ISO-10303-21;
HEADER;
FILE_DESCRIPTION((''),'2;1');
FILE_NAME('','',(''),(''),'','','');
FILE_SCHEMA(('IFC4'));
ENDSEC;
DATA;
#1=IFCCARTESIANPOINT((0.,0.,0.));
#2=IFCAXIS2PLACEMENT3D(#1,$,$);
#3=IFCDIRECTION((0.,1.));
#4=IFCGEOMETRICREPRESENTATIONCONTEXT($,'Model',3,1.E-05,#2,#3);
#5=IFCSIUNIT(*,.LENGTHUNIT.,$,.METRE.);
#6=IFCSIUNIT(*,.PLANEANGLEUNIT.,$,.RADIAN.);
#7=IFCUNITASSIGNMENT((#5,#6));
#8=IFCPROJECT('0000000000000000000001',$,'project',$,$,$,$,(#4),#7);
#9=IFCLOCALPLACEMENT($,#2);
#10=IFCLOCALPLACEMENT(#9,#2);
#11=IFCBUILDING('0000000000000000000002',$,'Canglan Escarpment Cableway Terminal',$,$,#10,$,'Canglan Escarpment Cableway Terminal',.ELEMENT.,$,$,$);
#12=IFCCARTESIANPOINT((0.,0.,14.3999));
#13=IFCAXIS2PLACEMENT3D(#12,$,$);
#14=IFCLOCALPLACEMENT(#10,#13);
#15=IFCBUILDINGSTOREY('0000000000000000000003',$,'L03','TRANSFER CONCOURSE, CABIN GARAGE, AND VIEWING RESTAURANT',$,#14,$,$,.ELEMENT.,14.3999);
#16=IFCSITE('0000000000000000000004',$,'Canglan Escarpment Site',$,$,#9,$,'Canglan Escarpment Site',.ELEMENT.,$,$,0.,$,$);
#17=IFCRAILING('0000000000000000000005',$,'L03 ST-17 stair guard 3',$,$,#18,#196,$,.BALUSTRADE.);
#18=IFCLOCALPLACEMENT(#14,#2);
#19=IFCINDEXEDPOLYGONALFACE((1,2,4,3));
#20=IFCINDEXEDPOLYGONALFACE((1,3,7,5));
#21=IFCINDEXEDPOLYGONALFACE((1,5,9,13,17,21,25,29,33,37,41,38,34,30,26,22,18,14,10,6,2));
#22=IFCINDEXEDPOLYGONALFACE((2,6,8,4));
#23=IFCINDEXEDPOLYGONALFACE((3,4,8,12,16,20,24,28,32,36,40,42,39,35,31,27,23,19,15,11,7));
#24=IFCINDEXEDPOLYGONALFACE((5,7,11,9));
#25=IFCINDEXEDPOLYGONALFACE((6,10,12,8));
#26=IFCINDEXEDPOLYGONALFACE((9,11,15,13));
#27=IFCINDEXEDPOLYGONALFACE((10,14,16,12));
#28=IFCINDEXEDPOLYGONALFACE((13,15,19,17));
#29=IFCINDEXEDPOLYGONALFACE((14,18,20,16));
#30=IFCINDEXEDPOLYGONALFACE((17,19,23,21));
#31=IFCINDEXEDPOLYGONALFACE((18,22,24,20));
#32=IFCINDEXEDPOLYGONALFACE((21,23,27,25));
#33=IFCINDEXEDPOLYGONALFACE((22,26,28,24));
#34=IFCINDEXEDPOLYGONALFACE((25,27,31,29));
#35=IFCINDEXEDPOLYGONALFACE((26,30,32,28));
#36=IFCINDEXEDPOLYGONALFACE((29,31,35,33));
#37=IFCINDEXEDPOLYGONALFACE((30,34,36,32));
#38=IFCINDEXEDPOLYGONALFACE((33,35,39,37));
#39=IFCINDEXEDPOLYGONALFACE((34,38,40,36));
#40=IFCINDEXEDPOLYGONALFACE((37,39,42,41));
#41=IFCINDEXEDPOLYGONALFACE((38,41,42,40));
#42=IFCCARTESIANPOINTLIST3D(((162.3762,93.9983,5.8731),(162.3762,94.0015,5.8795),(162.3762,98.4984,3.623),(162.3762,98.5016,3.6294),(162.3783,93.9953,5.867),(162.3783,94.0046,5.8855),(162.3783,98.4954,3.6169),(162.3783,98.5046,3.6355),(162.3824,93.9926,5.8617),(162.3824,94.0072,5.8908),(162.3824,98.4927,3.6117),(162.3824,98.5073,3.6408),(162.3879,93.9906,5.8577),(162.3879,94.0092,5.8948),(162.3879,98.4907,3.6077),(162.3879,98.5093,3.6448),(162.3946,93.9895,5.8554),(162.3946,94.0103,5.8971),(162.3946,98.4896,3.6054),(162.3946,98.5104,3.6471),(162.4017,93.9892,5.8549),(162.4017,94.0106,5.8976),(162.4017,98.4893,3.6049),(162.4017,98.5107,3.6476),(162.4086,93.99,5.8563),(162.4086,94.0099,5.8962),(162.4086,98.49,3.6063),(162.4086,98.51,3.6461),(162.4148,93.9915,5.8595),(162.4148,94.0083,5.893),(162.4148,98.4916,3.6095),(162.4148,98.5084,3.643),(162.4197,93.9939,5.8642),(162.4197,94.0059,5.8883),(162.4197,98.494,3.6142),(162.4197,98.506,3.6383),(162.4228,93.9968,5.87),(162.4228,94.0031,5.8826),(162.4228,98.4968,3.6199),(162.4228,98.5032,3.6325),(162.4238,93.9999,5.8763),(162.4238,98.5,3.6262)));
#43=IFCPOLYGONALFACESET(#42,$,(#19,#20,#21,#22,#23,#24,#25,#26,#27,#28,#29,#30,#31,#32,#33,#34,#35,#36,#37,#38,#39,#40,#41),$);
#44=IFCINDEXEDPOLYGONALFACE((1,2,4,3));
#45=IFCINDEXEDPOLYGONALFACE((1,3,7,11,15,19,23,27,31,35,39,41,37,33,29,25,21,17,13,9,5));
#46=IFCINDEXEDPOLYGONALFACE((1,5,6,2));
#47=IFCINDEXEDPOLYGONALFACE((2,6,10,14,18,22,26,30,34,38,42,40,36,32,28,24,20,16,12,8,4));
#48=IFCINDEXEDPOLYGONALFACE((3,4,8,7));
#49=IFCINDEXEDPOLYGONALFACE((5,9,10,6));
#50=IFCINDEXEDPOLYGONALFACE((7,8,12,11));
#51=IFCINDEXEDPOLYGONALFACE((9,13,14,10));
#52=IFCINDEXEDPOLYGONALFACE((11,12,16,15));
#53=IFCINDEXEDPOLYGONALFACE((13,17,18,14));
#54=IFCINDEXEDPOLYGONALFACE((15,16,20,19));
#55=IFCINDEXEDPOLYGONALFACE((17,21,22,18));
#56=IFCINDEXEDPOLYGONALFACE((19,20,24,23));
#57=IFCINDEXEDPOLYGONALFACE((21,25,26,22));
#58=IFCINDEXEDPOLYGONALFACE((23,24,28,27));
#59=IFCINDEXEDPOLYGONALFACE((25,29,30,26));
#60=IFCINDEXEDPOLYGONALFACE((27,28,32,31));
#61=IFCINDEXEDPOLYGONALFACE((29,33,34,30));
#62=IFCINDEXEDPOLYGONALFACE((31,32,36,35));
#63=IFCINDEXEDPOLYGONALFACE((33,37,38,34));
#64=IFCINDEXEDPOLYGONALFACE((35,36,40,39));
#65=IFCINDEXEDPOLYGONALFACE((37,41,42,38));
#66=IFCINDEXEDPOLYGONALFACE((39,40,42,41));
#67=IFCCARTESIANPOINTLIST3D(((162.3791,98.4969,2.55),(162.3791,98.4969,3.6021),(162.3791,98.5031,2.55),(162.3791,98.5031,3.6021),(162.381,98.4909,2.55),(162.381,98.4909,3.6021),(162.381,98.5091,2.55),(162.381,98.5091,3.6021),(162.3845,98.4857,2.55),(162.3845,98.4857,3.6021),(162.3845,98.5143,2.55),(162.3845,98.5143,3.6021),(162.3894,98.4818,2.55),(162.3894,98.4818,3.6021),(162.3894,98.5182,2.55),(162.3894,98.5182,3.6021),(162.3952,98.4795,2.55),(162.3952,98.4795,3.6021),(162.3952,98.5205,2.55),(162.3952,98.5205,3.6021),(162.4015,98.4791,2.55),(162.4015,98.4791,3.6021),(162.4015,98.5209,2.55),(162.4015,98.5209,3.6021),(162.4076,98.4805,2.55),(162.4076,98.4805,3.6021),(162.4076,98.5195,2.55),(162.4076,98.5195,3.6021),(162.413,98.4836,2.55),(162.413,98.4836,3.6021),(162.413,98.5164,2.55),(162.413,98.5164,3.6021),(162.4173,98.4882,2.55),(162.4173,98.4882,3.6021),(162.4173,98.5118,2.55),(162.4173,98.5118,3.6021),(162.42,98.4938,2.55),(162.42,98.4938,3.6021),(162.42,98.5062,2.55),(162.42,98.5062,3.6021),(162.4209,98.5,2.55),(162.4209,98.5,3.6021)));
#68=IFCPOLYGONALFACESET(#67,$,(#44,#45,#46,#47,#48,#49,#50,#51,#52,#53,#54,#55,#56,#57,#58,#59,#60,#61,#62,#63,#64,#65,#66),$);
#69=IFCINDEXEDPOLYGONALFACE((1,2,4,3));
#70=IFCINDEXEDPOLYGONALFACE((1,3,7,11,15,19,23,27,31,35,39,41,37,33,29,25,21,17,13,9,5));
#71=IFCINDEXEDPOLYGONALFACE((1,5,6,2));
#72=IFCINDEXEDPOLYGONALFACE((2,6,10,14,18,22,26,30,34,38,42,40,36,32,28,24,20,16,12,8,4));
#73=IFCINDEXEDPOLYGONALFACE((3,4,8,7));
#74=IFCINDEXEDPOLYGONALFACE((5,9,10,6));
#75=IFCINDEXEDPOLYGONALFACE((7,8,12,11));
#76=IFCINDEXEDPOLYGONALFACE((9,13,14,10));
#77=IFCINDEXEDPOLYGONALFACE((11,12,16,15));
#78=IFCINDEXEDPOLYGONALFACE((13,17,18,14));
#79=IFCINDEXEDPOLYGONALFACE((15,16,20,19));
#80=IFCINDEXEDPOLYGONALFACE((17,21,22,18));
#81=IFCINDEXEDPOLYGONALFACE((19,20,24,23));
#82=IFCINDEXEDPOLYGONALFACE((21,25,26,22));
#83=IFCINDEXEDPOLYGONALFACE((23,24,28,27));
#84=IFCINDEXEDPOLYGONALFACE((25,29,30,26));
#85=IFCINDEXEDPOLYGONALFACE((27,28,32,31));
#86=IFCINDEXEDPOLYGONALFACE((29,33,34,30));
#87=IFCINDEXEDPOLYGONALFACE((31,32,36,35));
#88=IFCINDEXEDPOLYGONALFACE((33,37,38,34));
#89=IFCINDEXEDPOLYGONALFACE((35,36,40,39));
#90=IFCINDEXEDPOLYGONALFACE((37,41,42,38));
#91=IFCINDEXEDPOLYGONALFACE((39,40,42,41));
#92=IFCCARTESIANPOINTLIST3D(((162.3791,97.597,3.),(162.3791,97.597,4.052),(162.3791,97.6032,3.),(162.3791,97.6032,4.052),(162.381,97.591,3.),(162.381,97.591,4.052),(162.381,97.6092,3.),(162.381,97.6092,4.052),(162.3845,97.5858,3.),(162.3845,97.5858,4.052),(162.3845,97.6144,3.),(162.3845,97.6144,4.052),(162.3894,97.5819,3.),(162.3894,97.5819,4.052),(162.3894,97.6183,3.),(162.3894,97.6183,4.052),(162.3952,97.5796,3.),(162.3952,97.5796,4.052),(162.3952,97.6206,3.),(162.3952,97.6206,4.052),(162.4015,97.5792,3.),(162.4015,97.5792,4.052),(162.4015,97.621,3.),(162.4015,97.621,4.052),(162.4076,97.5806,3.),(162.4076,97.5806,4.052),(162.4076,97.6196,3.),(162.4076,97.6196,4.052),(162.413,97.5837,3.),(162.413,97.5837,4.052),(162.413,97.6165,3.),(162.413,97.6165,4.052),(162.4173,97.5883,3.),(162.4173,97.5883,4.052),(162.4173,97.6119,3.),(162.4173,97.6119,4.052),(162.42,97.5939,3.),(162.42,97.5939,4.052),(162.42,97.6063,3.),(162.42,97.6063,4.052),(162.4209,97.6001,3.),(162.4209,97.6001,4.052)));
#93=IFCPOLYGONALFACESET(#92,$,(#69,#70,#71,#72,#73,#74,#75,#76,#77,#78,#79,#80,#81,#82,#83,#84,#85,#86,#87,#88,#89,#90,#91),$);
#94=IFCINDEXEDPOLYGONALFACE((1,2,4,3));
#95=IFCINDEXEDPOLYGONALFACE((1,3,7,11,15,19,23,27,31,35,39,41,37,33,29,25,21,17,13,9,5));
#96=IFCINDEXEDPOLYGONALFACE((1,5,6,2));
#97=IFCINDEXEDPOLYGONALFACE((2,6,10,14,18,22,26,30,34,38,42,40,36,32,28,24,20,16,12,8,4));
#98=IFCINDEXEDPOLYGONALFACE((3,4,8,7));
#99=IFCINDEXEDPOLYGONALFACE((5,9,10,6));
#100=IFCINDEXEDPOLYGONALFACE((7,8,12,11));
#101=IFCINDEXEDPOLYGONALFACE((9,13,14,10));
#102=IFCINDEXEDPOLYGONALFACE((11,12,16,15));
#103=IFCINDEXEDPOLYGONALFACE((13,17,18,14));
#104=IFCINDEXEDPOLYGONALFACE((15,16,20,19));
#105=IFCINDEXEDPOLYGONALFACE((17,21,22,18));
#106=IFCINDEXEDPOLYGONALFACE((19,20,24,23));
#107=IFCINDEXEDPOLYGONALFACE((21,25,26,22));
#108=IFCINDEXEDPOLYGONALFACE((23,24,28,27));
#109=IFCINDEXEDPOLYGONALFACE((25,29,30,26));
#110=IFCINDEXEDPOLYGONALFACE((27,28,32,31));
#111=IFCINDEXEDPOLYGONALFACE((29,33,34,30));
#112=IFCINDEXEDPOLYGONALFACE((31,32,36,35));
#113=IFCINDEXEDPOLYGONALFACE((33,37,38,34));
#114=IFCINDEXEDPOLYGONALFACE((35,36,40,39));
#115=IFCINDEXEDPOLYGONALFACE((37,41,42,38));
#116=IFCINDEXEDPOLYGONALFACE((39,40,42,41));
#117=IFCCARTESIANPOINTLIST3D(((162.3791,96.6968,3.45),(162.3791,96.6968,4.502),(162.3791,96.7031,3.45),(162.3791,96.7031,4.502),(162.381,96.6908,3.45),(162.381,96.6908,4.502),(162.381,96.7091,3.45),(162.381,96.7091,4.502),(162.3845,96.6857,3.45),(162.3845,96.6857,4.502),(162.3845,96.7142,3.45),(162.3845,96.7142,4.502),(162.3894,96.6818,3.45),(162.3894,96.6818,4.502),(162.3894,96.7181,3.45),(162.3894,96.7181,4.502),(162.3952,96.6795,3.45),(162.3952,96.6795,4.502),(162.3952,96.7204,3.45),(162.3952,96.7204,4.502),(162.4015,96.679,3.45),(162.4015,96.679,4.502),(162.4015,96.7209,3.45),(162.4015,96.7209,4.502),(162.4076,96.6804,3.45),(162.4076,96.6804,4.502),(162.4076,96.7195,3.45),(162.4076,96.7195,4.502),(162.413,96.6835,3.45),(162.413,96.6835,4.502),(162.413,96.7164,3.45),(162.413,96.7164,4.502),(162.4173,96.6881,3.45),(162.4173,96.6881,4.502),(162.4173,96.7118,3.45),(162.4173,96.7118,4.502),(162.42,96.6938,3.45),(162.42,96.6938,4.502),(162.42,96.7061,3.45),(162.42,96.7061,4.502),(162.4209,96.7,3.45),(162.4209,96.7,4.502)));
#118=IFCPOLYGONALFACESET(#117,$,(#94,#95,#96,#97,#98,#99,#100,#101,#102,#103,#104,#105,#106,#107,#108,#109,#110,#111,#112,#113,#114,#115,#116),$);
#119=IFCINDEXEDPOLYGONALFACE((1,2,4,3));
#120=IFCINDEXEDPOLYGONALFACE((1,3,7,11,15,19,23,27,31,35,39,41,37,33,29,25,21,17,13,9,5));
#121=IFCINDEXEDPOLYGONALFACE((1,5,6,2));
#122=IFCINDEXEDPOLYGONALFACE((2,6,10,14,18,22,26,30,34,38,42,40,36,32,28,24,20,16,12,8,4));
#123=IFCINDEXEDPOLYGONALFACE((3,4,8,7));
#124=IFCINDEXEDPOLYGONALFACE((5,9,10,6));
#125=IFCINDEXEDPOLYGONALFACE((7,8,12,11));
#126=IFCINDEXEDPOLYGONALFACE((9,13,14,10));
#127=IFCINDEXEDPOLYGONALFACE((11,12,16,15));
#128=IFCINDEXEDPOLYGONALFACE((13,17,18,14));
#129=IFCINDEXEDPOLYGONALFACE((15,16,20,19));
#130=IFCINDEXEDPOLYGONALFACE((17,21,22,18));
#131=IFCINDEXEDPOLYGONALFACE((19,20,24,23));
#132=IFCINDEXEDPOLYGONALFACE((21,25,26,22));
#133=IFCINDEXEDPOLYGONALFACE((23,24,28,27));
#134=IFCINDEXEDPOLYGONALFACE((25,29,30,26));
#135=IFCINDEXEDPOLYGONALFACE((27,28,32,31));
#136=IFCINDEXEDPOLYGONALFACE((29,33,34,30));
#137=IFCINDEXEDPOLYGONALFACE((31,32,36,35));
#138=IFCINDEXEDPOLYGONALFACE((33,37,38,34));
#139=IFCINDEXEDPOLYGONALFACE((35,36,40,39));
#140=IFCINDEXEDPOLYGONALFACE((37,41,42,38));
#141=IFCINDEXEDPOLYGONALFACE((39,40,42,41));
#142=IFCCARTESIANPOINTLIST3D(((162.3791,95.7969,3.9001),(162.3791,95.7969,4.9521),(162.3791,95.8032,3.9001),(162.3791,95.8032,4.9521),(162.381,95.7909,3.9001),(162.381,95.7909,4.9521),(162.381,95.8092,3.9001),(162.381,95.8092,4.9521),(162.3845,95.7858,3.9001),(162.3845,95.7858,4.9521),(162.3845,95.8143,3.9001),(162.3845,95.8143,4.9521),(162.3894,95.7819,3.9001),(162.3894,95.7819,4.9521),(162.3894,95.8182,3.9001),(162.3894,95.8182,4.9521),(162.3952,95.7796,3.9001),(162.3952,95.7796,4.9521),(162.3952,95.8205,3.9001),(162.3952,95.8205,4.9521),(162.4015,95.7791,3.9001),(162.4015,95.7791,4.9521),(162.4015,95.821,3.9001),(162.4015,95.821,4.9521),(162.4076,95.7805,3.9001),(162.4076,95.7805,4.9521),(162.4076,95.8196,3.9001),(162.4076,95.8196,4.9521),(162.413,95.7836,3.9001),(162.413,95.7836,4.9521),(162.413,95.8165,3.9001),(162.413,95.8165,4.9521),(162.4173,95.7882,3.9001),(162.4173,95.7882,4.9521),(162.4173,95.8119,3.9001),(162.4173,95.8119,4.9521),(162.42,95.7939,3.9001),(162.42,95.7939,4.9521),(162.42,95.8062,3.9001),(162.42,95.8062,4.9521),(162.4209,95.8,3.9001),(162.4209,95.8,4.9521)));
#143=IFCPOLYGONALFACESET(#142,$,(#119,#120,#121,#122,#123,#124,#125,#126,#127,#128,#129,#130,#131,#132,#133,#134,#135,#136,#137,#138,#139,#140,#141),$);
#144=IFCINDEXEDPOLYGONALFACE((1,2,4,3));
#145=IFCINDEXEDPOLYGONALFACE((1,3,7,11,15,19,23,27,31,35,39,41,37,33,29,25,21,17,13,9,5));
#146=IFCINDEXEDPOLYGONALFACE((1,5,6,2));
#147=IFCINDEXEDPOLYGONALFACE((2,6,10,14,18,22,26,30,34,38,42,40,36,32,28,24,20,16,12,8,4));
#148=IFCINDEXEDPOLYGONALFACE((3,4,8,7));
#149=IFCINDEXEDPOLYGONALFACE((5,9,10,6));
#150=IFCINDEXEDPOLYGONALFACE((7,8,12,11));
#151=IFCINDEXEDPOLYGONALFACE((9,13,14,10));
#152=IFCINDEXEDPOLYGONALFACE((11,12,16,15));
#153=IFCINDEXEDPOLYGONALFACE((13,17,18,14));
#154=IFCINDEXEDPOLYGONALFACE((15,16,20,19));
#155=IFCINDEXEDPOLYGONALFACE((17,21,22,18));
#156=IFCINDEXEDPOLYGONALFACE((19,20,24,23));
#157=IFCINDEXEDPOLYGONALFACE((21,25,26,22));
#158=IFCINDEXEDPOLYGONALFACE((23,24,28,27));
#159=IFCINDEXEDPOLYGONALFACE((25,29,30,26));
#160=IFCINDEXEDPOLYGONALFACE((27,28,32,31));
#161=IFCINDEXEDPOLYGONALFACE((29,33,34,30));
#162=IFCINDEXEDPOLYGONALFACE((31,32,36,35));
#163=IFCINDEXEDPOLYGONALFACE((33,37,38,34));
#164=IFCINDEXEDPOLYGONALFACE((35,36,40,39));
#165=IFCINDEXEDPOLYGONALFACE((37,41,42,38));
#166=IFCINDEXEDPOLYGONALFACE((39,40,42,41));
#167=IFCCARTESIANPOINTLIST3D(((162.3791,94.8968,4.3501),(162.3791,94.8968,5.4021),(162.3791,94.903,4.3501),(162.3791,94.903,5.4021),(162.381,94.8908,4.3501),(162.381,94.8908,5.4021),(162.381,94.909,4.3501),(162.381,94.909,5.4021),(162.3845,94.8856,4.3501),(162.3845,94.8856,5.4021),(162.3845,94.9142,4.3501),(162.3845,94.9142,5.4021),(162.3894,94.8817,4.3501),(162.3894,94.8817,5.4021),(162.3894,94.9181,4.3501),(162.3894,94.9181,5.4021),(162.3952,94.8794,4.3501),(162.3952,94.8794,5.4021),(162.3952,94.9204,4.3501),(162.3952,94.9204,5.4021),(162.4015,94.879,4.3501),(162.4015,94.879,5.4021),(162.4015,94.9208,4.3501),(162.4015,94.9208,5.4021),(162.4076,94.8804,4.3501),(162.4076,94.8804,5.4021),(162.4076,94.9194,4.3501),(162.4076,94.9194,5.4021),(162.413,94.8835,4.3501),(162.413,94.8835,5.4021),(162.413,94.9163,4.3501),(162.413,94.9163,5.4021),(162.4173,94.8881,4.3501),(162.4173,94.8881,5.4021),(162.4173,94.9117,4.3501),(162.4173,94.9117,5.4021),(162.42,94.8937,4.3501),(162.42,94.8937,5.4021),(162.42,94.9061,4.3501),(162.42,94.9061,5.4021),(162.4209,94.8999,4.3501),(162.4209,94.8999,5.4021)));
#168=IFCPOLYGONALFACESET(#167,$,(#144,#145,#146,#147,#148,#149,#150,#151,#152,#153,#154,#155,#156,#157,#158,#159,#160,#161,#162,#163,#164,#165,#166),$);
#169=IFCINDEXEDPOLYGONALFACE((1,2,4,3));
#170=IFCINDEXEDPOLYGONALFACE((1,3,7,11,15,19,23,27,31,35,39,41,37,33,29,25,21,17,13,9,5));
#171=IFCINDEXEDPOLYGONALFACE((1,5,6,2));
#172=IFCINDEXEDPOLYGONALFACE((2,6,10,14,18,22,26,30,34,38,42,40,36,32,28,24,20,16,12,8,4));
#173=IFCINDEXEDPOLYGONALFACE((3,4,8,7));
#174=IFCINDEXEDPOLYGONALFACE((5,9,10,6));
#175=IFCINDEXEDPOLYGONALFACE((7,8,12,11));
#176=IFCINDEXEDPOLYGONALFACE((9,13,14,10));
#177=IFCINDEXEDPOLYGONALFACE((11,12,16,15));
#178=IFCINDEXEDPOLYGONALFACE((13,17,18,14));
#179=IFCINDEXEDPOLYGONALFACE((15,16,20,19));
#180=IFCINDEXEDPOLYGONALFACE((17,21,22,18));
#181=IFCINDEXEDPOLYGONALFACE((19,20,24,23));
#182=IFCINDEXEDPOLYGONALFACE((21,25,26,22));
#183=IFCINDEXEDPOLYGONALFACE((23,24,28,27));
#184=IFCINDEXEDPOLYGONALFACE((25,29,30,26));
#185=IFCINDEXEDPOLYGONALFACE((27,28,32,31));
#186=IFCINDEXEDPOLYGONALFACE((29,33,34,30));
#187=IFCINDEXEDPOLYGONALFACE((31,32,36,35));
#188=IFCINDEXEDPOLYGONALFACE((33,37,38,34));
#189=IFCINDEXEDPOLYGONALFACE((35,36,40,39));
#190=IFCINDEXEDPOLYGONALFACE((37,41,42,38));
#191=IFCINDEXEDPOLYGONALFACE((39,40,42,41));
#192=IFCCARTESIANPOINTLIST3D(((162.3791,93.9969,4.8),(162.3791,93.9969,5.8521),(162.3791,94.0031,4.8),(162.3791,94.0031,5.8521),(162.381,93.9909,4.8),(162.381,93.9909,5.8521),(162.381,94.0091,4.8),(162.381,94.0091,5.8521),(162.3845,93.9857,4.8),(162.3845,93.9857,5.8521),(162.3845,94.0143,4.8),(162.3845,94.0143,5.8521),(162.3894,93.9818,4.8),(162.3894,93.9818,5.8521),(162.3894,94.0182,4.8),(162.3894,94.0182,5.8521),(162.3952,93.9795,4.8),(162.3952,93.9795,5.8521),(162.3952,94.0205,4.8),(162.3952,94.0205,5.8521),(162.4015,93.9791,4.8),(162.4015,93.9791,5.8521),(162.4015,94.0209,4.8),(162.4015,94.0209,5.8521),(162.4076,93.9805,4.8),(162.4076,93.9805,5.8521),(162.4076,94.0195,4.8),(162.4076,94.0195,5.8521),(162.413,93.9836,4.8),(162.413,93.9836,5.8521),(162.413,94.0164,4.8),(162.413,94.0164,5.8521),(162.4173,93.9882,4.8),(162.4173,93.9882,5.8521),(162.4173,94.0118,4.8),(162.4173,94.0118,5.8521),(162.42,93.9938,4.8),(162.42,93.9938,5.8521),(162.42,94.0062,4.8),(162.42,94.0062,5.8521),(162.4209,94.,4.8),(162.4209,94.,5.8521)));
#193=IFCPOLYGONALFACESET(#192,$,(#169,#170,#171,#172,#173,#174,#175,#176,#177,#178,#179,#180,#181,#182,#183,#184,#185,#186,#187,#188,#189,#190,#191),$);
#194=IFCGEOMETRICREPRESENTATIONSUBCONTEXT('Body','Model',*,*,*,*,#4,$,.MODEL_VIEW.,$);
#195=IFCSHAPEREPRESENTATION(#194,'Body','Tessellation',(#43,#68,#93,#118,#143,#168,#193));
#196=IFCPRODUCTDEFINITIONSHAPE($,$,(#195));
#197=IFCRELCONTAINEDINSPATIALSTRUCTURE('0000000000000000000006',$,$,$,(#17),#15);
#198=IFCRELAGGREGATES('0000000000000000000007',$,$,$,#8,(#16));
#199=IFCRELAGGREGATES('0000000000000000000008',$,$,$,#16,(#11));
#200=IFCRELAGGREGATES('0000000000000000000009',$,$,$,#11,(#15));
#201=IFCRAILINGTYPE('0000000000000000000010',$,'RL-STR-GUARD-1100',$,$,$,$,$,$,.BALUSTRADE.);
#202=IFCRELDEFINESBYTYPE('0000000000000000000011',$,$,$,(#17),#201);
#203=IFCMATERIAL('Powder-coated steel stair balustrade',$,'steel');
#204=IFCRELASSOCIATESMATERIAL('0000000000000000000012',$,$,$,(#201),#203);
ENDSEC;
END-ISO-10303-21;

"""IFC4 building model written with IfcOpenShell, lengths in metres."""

from ifc_helpers import new_model, si_unit, direction, frame, origin, origin_2d, place, context, subcontext, project, spatial, circle, extrude, material, type_object, element, save


model = new_model("IFC4")

# Units and contexts
model_context = context("Model", 3, precision=1e-05, world=origin(), true_north=direction((0.0, 1.0)))
body_context = subcontext(model_context, "Body", "Model", "MODEL_VIEW")
ifc_project = project(units=[si_unit("LENGTHUNIT", "METRE"), si_unit("PLANEANGLEUNIT", "RADIAN")], contexts=[model_context])

# Site, building, storey
site_placement = place(None, origin())
site = spatial("IfcSite", under=ifc_project, at=site_placement, Name="Canglan Escarpment Site", LongName="Canglan Escarpment Site", CompositionType="ELEMENT", RefElevation=0.0)
building_placement = place(site_placement, origin())
building = spatial("IfcBuilding", under=site, at=building_placement, Name="Canglan Escarpment Cableway Terminal", LongName="Canglan Escarpment Cableway Terminal", CompositionType="ELEMENT")
storey_placement = place(building_placement, frame((0.0, 0.0, 14.3999)))
storey = spatial("IfcBuildingStorey", under=building, at=storey_placement, Name="L03", Description="TRANSFER CONCOURSE, CABIN GARAGE, AND VIEWING RESTAURANT", CompositionType="ELEMENT", Elevation=14.3999)

# Railing
ifc_material_1 = material(Name="Powder-coated steel stair balustrade", Category="steel")
railing_type_1 = type_object("IfcRailingType", Name="RL-STR-GUARD-1100", PredefinedType="BALUSTRADE", material=ifc_material_1)
railing_1_placement = place(storey_placement, frame((162.3999, 98.5, 2.55)))
element("IfcRailing", 1, at=railing_1_placement, inside=storey, type_object=railing_type_1, Name="L03 ST-17 stair guard 3", PredefinedType="BALUSTRADE", context=body_context, shape_type="SweptSolid", body=[
    extrude(circle(Radius=0.0239, at=origin_2d()), frame((0.0, 0.0, 1.0762), z_axis=(0.0, -0.894427, 0.447214), x_axis=(1.0, 0.0, 0.0)), (0.0, 0.0, 1.0), 5.0312),
    extrude(circle(Radius=0.021, at=origin_2d()), origin(), (0.0, 0.0, 1.0), 1.052),
    extrude(circle(Radius=0.021, at=origin_2d()), frame((0.0, -0.8999, 0.45)), (0.0, 0.0, 1.0), 1.052),
    extrude(circle(Radius=0.021, at=origin_2d()), frame((0.0, -1.8, 0.8999)), (0.0, 0.0, 1.0), 1.052),
    extrude(circle(Radius=0.021, at=origin_2d()), frame((0.0, -2.7, 1.3501)), (0.0, 0.0, 1.0), 1.052),
    extrude(circle(Radius=0.021, at=origin_2d()), frame((0.0, -3.6001, 1.8)), (0.0, 0.0, 1.0), 1.052),
    extrude(circle(Radius=0.021, at=origin_2d()), frame((0.0, -4.5, 2.25)), (0.0, 0.0, 1.0), 1.052),
])

save(model, "model.ifc")
